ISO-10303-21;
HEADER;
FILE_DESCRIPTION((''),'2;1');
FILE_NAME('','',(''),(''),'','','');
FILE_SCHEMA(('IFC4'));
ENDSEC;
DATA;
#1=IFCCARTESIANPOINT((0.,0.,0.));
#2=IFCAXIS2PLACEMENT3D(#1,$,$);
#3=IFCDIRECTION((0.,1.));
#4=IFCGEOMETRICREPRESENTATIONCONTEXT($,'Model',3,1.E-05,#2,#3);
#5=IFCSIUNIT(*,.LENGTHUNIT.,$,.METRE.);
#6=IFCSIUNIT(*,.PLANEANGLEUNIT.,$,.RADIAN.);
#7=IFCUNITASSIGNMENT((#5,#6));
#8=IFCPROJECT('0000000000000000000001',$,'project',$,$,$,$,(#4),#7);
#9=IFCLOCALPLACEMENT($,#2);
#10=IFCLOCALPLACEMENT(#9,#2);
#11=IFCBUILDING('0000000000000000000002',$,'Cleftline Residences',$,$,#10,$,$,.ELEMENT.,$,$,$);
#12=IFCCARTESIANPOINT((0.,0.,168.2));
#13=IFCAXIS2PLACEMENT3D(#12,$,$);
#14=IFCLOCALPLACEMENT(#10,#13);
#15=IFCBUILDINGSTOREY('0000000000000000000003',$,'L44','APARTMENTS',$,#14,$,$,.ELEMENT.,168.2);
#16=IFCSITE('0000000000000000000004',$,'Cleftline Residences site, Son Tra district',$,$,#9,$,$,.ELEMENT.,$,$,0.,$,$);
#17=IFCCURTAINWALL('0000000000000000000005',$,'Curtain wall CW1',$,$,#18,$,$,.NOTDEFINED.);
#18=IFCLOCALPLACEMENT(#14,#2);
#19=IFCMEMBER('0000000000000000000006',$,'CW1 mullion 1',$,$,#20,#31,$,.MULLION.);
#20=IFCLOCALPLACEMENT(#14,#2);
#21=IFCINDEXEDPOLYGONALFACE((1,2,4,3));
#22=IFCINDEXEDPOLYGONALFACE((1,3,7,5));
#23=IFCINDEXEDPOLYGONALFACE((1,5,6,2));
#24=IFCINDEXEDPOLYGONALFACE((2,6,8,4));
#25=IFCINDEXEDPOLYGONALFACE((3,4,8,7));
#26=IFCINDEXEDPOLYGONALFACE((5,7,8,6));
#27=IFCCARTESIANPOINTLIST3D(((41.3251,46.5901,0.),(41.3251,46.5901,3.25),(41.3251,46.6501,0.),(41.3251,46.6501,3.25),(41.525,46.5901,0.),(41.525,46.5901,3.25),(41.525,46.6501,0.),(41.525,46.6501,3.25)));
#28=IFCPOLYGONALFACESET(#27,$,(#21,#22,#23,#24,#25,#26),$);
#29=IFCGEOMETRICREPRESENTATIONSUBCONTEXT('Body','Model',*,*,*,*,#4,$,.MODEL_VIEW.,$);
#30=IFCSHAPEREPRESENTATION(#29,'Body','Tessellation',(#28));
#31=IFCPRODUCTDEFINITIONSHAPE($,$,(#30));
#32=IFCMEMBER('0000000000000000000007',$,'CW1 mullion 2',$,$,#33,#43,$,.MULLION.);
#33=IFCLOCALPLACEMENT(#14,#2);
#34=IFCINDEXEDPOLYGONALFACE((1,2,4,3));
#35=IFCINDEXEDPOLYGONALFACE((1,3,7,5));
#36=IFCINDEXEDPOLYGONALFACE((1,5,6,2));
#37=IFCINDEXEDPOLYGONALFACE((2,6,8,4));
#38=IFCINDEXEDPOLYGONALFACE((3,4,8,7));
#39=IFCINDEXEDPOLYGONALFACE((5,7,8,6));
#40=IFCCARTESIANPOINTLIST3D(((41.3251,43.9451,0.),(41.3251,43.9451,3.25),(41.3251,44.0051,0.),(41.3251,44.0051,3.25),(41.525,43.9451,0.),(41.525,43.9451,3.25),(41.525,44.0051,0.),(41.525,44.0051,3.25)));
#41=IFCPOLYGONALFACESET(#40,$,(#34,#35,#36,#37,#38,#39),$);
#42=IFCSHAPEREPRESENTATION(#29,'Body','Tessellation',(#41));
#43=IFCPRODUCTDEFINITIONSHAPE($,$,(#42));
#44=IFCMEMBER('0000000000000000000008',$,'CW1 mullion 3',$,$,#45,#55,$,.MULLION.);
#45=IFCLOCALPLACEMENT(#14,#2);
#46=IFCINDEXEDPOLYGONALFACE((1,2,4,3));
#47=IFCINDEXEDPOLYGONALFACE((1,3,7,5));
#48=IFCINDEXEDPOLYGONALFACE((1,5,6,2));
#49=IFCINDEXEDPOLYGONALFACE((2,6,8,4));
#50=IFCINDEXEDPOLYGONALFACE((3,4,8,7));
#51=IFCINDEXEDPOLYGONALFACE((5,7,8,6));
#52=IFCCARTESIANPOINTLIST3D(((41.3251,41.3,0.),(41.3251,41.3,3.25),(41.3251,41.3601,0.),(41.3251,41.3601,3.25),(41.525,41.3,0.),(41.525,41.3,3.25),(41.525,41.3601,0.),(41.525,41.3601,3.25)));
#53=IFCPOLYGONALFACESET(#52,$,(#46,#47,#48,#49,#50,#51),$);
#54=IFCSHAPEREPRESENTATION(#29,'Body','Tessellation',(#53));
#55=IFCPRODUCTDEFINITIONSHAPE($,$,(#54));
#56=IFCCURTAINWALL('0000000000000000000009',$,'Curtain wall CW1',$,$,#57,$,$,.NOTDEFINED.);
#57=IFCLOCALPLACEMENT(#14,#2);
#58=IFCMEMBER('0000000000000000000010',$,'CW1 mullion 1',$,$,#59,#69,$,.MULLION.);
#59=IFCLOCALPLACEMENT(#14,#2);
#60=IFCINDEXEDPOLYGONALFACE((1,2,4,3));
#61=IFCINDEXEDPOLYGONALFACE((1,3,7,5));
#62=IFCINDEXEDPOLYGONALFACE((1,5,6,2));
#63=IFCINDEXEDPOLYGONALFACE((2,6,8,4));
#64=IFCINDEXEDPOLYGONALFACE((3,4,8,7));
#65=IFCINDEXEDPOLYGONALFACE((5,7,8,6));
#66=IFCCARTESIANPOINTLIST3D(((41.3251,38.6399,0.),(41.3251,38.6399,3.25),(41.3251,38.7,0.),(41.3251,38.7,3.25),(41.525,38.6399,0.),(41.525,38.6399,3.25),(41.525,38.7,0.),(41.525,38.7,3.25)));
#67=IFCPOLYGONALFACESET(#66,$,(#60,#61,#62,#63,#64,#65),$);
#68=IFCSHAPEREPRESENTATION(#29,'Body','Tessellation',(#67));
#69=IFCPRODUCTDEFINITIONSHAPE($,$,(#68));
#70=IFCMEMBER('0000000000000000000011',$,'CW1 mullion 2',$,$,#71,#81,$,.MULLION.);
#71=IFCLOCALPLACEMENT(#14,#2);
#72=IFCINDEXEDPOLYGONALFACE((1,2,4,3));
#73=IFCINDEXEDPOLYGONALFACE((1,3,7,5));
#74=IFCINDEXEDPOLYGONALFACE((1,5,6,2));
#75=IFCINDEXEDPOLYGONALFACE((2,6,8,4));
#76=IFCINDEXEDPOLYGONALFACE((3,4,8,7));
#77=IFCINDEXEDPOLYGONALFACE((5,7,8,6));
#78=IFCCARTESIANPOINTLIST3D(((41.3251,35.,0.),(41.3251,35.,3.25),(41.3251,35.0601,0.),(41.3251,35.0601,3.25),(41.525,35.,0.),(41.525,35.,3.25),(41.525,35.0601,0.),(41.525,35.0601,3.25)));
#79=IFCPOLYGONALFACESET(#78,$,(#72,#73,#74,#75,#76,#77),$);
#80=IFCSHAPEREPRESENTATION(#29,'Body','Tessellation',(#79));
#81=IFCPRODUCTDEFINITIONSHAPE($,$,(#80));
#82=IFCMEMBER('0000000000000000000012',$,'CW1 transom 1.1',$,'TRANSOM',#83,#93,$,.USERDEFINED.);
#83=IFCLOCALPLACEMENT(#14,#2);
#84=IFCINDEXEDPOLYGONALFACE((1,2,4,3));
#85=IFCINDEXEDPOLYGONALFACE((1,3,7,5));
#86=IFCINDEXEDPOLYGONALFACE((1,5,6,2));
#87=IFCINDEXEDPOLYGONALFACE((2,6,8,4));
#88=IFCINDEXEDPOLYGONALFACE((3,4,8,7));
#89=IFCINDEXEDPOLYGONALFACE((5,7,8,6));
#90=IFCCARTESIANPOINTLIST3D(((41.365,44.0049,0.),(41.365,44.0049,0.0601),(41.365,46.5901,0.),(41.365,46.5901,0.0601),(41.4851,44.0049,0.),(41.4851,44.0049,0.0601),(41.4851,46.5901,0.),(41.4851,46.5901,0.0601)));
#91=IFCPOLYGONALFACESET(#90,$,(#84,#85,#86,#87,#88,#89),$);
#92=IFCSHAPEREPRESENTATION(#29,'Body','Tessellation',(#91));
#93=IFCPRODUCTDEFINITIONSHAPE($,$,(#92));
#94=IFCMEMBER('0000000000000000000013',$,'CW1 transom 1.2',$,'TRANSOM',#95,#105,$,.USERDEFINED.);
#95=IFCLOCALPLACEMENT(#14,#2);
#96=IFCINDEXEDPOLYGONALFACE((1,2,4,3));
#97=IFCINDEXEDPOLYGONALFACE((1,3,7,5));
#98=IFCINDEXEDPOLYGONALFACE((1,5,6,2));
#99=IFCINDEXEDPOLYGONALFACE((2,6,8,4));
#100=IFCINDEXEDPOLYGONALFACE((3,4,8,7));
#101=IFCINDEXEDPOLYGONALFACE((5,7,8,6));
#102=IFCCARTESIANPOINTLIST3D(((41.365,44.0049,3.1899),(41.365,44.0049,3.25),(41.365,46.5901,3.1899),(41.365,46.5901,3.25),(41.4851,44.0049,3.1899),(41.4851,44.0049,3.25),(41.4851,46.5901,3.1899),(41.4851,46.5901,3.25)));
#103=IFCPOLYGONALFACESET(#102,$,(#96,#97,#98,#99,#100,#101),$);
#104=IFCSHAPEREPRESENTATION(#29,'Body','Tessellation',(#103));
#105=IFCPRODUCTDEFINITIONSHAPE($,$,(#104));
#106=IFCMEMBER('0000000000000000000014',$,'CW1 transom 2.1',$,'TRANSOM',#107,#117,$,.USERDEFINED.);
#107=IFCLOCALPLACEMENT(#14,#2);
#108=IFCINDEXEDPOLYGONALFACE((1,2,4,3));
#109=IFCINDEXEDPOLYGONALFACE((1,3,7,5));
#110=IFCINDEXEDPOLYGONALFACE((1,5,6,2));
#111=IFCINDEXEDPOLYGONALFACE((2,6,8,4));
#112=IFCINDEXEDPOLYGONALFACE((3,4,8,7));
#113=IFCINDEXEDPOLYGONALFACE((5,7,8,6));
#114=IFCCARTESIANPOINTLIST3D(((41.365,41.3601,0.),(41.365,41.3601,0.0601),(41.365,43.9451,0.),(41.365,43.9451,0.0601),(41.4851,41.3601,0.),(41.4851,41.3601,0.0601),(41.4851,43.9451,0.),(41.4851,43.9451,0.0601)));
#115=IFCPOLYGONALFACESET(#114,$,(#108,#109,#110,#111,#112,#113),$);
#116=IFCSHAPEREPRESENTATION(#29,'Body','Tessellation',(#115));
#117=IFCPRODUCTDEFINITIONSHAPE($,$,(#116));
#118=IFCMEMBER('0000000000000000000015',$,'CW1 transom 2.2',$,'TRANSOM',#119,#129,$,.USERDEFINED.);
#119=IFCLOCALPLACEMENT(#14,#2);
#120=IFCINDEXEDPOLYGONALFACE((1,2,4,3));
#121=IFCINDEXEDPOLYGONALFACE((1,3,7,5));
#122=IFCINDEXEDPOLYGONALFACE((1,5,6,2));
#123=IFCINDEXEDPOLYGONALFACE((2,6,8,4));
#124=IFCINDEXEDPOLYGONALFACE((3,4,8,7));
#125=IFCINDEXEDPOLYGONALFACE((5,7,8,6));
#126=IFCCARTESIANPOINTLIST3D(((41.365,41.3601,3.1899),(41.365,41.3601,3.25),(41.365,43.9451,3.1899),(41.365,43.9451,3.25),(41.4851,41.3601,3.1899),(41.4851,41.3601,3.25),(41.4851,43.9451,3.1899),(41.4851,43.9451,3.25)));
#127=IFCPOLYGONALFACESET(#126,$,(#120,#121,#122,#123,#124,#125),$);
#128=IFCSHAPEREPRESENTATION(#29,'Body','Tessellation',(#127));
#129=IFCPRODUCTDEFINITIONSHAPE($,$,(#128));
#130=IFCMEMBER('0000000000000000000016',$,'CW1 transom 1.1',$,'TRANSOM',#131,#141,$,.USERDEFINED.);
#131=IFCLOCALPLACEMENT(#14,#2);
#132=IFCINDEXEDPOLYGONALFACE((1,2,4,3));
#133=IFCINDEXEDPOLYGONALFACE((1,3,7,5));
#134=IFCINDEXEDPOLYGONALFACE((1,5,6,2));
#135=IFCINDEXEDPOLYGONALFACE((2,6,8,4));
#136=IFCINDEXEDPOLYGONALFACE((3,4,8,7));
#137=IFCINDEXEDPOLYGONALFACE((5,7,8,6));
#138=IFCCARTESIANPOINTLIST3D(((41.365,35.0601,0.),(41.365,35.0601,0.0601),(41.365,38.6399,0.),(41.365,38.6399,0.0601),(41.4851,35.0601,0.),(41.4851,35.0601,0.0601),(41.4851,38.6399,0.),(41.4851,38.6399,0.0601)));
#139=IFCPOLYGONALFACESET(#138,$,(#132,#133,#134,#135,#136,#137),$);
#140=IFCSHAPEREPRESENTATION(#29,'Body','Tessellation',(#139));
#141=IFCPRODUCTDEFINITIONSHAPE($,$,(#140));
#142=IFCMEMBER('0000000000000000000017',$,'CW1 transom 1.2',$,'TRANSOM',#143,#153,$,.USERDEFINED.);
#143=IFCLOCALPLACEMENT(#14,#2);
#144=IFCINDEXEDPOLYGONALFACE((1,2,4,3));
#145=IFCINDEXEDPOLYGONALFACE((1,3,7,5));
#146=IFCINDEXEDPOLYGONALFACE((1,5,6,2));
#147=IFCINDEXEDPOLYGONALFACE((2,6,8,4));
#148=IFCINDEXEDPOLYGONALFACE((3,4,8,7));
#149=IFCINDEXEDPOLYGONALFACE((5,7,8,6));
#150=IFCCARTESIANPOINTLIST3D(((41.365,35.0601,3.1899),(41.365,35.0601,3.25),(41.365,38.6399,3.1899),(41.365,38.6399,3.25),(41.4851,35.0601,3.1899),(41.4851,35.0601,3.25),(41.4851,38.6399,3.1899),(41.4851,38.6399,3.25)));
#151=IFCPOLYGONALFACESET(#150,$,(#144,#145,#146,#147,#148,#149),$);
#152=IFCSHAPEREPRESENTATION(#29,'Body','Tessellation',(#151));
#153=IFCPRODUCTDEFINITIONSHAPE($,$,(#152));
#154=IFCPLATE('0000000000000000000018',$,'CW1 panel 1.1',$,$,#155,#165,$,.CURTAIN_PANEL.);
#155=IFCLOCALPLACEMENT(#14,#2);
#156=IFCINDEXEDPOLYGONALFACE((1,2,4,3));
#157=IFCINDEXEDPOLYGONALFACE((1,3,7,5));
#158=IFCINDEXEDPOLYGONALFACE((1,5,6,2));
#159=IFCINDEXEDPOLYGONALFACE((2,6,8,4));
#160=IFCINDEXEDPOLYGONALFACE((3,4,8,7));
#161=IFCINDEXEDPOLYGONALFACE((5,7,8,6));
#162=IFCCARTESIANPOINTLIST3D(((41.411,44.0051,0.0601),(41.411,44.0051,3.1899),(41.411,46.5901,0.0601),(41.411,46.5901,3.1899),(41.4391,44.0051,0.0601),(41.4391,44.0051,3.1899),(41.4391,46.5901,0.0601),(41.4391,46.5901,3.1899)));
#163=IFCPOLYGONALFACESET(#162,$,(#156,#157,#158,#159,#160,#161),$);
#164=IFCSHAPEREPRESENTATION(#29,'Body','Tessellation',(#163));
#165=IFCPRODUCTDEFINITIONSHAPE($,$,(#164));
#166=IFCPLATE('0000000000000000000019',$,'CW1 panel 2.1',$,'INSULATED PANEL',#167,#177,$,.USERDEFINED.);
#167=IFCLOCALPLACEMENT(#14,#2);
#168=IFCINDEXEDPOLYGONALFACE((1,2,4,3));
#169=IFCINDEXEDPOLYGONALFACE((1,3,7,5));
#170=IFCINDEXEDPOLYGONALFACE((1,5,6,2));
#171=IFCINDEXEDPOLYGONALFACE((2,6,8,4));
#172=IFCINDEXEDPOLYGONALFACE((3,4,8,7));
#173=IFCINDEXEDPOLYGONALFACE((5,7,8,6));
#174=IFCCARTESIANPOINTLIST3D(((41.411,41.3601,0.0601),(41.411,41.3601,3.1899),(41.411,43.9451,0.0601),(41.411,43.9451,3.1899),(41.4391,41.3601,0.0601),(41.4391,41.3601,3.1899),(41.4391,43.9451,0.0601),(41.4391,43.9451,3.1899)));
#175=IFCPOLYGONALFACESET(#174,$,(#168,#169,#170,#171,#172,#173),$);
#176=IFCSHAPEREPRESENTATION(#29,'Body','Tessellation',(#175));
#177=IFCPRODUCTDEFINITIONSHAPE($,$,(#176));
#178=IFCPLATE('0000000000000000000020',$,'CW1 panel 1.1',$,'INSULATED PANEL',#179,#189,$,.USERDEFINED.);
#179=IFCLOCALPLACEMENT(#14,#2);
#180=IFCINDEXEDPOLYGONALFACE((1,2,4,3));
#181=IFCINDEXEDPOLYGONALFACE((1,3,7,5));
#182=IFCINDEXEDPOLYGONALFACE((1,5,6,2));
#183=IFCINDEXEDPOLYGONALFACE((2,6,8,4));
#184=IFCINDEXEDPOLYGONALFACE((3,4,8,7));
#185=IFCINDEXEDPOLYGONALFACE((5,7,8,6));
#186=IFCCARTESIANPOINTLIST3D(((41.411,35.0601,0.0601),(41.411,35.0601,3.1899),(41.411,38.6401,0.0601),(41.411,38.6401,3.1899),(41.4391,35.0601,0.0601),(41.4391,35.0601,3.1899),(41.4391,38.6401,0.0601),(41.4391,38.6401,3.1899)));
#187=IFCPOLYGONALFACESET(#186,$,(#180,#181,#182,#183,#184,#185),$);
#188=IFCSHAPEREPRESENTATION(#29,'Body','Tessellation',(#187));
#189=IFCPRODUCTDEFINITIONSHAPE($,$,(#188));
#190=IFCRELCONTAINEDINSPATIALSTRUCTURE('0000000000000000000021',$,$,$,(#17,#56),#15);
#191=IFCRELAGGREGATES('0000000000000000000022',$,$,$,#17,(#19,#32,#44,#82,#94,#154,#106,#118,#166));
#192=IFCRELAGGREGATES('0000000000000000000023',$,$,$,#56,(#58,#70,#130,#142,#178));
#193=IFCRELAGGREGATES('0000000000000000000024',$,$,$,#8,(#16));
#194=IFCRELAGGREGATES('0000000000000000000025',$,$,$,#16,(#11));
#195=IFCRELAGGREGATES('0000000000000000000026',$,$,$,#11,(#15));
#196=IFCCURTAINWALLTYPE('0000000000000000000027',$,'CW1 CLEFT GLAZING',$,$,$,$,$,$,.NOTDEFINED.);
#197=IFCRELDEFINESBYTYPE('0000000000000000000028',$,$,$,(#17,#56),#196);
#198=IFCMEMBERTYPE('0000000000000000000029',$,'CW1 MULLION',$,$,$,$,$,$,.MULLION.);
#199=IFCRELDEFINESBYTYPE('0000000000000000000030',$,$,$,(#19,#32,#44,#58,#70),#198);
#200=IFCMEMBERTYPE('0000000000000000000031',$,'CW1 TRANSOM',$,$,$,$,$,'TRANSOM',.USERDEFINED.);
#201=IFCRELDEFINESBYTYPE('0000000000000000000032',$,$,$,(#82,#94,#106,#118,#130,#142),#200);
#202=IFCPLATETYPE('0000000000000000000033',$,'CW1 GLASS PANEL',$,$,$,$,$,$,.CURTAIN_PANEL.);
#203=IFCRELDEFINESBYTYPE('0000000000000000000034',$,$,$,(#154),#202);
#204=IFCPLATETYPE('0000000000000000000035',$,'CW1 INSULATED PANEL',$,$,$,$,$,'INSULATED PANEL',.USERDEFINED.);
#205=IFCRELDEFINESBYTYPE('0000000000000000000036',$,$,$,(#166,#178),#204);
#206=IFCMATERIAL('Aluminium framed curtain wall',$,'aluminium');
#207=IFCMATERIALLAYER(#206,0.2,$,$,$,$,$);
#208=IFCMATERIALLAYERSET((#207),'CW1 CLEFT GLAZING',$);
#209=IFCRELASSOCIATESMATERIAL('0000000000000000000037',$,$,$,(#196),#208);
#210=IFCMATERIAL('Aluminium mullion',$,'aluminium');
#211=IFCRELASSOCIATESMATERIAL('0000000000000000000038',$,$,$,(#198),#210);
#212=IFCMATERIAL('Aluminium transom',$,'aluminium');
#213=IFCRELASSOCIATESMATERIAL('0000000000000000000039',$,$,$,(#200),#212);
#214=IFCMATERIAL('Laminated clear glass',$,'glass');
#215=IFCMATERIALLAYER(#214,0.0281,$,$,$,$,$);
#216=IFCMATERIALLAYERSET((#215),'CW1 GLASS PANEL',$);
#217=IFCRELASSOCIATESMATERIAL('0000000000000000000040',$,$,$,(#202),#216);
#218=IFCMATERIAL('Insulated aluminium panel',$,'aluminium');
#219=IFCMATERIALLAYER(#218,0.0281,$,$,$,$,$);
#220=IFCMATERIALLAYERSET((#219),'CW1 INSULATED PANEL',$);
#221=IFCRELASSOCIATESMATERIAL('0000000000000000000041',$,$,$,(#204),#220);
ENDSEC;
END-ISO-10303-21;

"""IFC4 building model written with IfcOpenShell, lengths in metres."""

from ifc_helpers import new_model, si_unit, direction, frame, origin, origin_2d, place, context, subcontext, project, spatial, rectangle, extrude, material, layer, layer_set, material_profile, profile_set, type_object, element, aggregate, save


model = new_model("IFC4")

# Units and contexts
model_context = context("Model", 3, precision=1e-05, world=origin(), true_north=direction((0.0, 1.0)))
body_context = subcontext(model_context, "Body", "Model", "MODEL_VIEW")
ifc_project = project(units=[si_unit("LENGTHUNIT", "METRE"), si_unit("PLANEANGLEUNIT", "RADIAN")], contexts=[model_context])

# Site, building, storey
site_placement = place(None, origin())
site = spatial("IfcSite", under=ifc_project, at=site_placement, Name="Cleftline Residences site, Son Tra district", CompositionType="ELEMENT", RefElevation=0.0)
building_placement = place(site_placement, origin())
building = spatial("IfcBuilding", under=site, at=building_placement, Name="Cleftline Residences", CompositionType="ELEMENT")
storey_placement = place(building_placement, frame((0.0, 0.0, 168.2)))
storey = spatial("IfcBuildingStorey", under=building, at=storey_placement, Name="L44", Description="APARTMENTS", CompositionType="ELEMENT", Elevation=168.2)

# Curtain walls, members
ifc_material_1 = material(Name="Aluminium framed curtain wall", Category="aluminium")
ifc_layer_1 = layer(ifc_material_1, 0.2)
ifc_layer_set_1 = layer_set([ifc_layer_1], Name="CW1 CLEFT GLAZING")
curtain_wall_type = type_object("IfcCurtainWallType", Name="CW1 CLEFT GLAZING", PredefinedType="NOTDEFINED", material=ifc_layer_set_1)
curtain_wall_1_placement = place(storey_placement, origin())
curtain_wall_1 = element("IfcCurtainWall", 1, at=curtain_wall_1_placement, inside=storey, type_object=curtain_wall_type, Name="Curtain wall CW1", PredefinedType="NOTDEFINED")
ifc_material_2 = material(Name="Aluminium mullion", Category="aluminium")
ifc_material_profile_1 = material_profile(ifc_material_2, rectangle(XDim=0.2, YDim=0.0601, at=origin_2d()))
ifc_profile_set_1 = profile_set([ifc_material_profile_1], Name="Aluminium mullion")
member_type_1 = type_object("IfcMemberType", Name="CW1 MULLION", PredefinedType="MULLION", material=ifc_profile_set_1)
member_1_placement = place(storey_placement, frame((41.425, 46.6201, 0.0), z_axis=(0.0, 0.0, 1.0), x_axis=(1.0, 0.0, 0.0)))
member_1 = element("IfcMember", 2, at=member_1_placement, type_object=member_type_1, Name="CW1 mullion 1", PredefinedType="MULLION", context=body_context, shape_type="SweptSolid", body=[
    extrude(rectangle(XDim=0.2, YDim=0.0601, at=origin_2d()), origin(), (0.0, 0.0, 1.0), 3.25),
])
member_2_placement = place(storey_placement, frame((41.425, 43.9751, 0.0), z_axis=(0.0, 0.0, 1.0), x_axis=(1.0, 0.0, 0.0)))
member_2 = element("IfcMember", 3, at=member_2_placement, type_object=member_type_1, Name="CW1 mullion 2", PredefinedType="MULLION", context=body_context, shape_type="SweptSolid", body=[
    extrude(rectangle(XDim=0.2, YDim=0.0601, at=origin_2d()), origin(), (0.0, 0.0, 1.0), 3.25),
])
member_3_placement = place(storey_placement, frame((41.425, 41.3301, 0.0), z_axis=(0.0, 0.0, 1.0), x_axis=(1.0, 0.0, 0.0)))
member_3 = element("IfcMember", 4, at=member_3_placement, type_object=member_type_1, Name="CW1 mullion 3", PredefinedType="MULLION", context=body_context, shape_type="SweptSolid", body=[
    extrude(rectangle(XDim=0.2, YDim=0.0601, at=origin_2d()), origin(), (0.0, 0.0, 1.0), 3.25),
])
curtain_wall_2_placement = place(storey_placement, origin())
curtain_wall_2 = element("IfcCurtainWall", 5, at=curtain_wall_2_placement, inside=storey, type_object=curtain_wall_type, Name="Curtain wall CW1", PredefinedType="NOTDEFINED")
member_4_placement = place(storey_placement, frame((41.425, 38.6699, 0.0), z_axis=(0.0, 0.0, 1.0), x_axis=(1.0, 0.0, 0.0)))
member_4 = element("IfcMember", 6, at=member_4_placement, type_object=member_type_1, Name="CW1 mullion 1", PredefinedType="MULLION", context=body_context, shape_type="SweptSolid", body=[
    extrude(rectangle(XDim=0.2, YDim=0.0601, at=origin_2d()), origin(), (0.0, 0.0, 1.0), 3.25),
])
member_5_placement = place(storey_placement, frame((41.425, 35.03, 0.0), z_axis=(0.0, 0.0, 1.0), x_axis=(1.0, 0.0, 0.0)))
member_5 = element("IfcMember", 7, at=member_5_placement, type_object=member_type_1, Name="CW1 mullion 2", PredefinedType="MULLION", context=body_context, shape_type="SweptSolid", body=[
    extrude(rectangle(XDim=0.2, YDim=0.0601, at=origin_2d()), origin(), (0.0, 0.0, 1.0), 3.25),
])

# Members
ifc_material_3 = material(Name="Aluminium transom", Category="aluminium")
ifc_material_profile_2 = material_profile(ifc_material_3, rectangle(XDim=0.1201, YDim=0.0601, at=origin_2d()))
ifc_profile_set_2 = profile_set([ifc_material_profile_2], Name="Aluminium transom")
member_type_2 = type_object("IfcMemberType", Name="CW1 TRANSOM", ElementType="TRANSOM", PredefinedType="USERDEFINED", material=ifc_profile_set_2)
member_6_placement = place(storey_placement, frame((41.425, 46.5901, 0.03), z_axis=(0.0, -1.0, 0.0), x_axis=(1.0, 0.0, 0.0)))
member_6 = element("IfcMember", 8, at=member_6_placement, type_object=member_type_2, Name="CW1 transom 1.1", ObjectType="TRANSOM", PredefinedType="USERDEFINED", context=body_context, shape_type="SweptSolid", body=[
    extrude(rectangle(XDim=0.1201, YDim=0.0601, at=origin_2d()), origin(), (0.0, 0.0, 1.0), 2.5852),
])
member_7_placement = place(storey_placement, frame((41.425, 46.5901, 3.22), z_axis=(0.0, -1.0, 0.0), x_axis=(1.0, 0.0, 0.0)))
member_7 = element("IfcMember", 9, at=member_7_placement, type_object=member_type_2, Name="CW1 transom 1.2", ObjectType="TRANSOM", PredefinedType="USERDEFINED", context=body_context, shape_type="SweptSolid", body=[
    extrude(rectangle(XDim=0.1201, YDim=0.0601, at=origin_2d()), origin(), (0.0, 0.0, 1.0), 2.5852),
])
member_8_placement = place(storey_placement, frame((41.425, 43.9451, 0.03), z_axis=(0.0, -1.0, 0.0), x_axis=(1.0, 0.0, 0.0)))
member_8 = element("IfcMember", 10, at=member_8_placement, type_object=member_type_2, Name="CW1 transom 2.1", ObjectType="TRANSOM", PredefinedType="USERDEFINED", context=body_context, shape_type="SweptSolid", body=[
    extrude(rectangle(XDim=0.1201, YDim=0.0601, at=origin_2d()), origin(), (0.0, 0.0, 1.0), 2.585),
])
member_9_placement = place(storey_placement, frame((41.425, 43.9451, 3.22), z_axis=(0.0, -1.0, 0.0), x_axis=(1.0, 0.0, 0.0)))
member_9 = element("IfcMember", 11, at=member_9_placement, type_object=member_type_2, Name="CW1 transom 2.2", ObjectType="TRANSOM", PredefinedType="USERDEFINED", context=body_context, shape_type="SweptSolid", body=[
    extrude(rectangle(XDim=0.1201, YDim=0.0601, at=origin_2d()), origin(), (0.0, 0.0, 1.0), 2.585),
])
member_10_placement = place(storey_placement, frame((41.425, 38.6399, 0.03), z_axis=(0.0, -1.0, 0.0), x_axis=(1.0, 0.0, 0.0)))
member_10 = element("IfcMember", 12, at=member_10_placement, type_object=member_type_2, Name="CW1 transom 1.1", ObjectType="TRANSOM", PredefinedType="USERDEFINED", context=body_context, shape_type="SweptSolid", body=[
    extrude(rectangle(XDim=0.1201, YDim=0.0601, at=origin_2d()), origin(), (0.0, 0.0, 1.0), 3.5798),
])
member_11_placement = place(storey_placement, frame((41.425, 38.6399, 3.22), z_axis=(0.0, -1.0, 0.0), x_axis=(1.0, 0.0, 0.0)))
member_11 = element("IfcMember", 13, at=member_11_placement, type_object=member_type_2, Name="CW1 transom 1.2", ObjectType="TRANSOM", PredefinedType="USERDEFINED", context=body_context, shape_type="SweptSolid", body=[
    extrude(rectangle(XDim=0.1201, YDim=0.0601, at=origin_2d()), origin(), (0.0, 0.0, 1.0), 3.5798),
])

# Plates
ifc_material_4 = material(Name="Laminated clear glass", Category="glass")
ifc_layer_2 = layer(ifc_material_4, 0.0281)
ifc_layer_set_2 = layer_set([ifc_layer_2], Name="CW1 GLASS PANEL")
plate_type_1 = type_object("IfcPlateType", Name="CW1 GLASS PANEL", PredefinedType="CURTAIN_PANEL", material=ifc_layer_set_2)
plate_1_placement = place(storey_placement, frame((41.425, 45.2976, 0.0601), z_axis=(0.0, 0.0, 1.0), x_axis=(0.0, -1.0, 0.0)))
plate_1 = element("IfcPlate", 14, at=plate_1_placement, type_object=plate_type_1, Name="CW1 panel 1.1", PredefinedType="CURTAIN_PANEL", context=body_context, shape_type="SweptSolid", body=[
    extrude(rectangle(XDim=2.585, YDim=0.0281, at=origin_2d()), origin(), (0.0, 0.0, 1.0), 3.1299),
])
ifc_material_5 = material(Name="Insulated aluminium panel", Category="aluminium")
ifc_layer_3 = layer(ifc_material_5, 0.0281)
ifc_layer_set_3 = layer_set([ifc_layer_3], Name="CW1 INSULATED PANEL")
plate_type_2 = type_object("IfcPlateType", Name="CW1 INSULATED PANEL", ElementType="INSULATED PANEL", PredefinedType="USERDEFINED", material=ifc_layer_set_3)
plate_2_placement = place(storey_placement, frame((41.425, 42.6526, 0.0601), z_axis=(0.0, 0.0, 1.0), x_axis=(0.0, -1.0, 0.0)))
plate_2 = element("IfcPlate", 15, at=plate_2_placement, type_object=plate_type_2, Name="CW1 panel 2.1", ObjectType="INSULATED PANEL", PredefinedType="USERDEFINED", context=body_context, shape_type="SweptSolid", body=[
    extrude(rectangle(XDim=2.585, YDim=0.0281, at=origin_2d()), origin(), (0.0, 0.0, 1.0), 3.1299),
])
aggregate(curtain_wall_1, [member_1, member_2, member_3, member_6, member_7, plate_1, member_8, member_9, plate_2])
plate_3_placement = place(storey_placement, frame((41.425, 36.8501, 0.0601), z_axis=(0.0, 0.0, 1.0), x_axis=(0.0, -1.0, 0.0)))
plate_3 = element("IfcPlate", 16, at=plate_3_placement, type_object=plate_type_2, Name="CW1 panel 1.1", ObjectType="INSULATED PANEL", PredefinedType="USERDEFINED", context=body_context, shape_type="SweptSolid", body=[
    extrude(rectangle(XDim=3.5801, YDim=0.0281, at=origin_2d()), origin(), (0.0, 0.0, 1.0), 3.1299),
])
aggregate(curtain_wall_2, [member_4, member_5, member_10, member_11, plate_3])

save(model, "model.ifc")
